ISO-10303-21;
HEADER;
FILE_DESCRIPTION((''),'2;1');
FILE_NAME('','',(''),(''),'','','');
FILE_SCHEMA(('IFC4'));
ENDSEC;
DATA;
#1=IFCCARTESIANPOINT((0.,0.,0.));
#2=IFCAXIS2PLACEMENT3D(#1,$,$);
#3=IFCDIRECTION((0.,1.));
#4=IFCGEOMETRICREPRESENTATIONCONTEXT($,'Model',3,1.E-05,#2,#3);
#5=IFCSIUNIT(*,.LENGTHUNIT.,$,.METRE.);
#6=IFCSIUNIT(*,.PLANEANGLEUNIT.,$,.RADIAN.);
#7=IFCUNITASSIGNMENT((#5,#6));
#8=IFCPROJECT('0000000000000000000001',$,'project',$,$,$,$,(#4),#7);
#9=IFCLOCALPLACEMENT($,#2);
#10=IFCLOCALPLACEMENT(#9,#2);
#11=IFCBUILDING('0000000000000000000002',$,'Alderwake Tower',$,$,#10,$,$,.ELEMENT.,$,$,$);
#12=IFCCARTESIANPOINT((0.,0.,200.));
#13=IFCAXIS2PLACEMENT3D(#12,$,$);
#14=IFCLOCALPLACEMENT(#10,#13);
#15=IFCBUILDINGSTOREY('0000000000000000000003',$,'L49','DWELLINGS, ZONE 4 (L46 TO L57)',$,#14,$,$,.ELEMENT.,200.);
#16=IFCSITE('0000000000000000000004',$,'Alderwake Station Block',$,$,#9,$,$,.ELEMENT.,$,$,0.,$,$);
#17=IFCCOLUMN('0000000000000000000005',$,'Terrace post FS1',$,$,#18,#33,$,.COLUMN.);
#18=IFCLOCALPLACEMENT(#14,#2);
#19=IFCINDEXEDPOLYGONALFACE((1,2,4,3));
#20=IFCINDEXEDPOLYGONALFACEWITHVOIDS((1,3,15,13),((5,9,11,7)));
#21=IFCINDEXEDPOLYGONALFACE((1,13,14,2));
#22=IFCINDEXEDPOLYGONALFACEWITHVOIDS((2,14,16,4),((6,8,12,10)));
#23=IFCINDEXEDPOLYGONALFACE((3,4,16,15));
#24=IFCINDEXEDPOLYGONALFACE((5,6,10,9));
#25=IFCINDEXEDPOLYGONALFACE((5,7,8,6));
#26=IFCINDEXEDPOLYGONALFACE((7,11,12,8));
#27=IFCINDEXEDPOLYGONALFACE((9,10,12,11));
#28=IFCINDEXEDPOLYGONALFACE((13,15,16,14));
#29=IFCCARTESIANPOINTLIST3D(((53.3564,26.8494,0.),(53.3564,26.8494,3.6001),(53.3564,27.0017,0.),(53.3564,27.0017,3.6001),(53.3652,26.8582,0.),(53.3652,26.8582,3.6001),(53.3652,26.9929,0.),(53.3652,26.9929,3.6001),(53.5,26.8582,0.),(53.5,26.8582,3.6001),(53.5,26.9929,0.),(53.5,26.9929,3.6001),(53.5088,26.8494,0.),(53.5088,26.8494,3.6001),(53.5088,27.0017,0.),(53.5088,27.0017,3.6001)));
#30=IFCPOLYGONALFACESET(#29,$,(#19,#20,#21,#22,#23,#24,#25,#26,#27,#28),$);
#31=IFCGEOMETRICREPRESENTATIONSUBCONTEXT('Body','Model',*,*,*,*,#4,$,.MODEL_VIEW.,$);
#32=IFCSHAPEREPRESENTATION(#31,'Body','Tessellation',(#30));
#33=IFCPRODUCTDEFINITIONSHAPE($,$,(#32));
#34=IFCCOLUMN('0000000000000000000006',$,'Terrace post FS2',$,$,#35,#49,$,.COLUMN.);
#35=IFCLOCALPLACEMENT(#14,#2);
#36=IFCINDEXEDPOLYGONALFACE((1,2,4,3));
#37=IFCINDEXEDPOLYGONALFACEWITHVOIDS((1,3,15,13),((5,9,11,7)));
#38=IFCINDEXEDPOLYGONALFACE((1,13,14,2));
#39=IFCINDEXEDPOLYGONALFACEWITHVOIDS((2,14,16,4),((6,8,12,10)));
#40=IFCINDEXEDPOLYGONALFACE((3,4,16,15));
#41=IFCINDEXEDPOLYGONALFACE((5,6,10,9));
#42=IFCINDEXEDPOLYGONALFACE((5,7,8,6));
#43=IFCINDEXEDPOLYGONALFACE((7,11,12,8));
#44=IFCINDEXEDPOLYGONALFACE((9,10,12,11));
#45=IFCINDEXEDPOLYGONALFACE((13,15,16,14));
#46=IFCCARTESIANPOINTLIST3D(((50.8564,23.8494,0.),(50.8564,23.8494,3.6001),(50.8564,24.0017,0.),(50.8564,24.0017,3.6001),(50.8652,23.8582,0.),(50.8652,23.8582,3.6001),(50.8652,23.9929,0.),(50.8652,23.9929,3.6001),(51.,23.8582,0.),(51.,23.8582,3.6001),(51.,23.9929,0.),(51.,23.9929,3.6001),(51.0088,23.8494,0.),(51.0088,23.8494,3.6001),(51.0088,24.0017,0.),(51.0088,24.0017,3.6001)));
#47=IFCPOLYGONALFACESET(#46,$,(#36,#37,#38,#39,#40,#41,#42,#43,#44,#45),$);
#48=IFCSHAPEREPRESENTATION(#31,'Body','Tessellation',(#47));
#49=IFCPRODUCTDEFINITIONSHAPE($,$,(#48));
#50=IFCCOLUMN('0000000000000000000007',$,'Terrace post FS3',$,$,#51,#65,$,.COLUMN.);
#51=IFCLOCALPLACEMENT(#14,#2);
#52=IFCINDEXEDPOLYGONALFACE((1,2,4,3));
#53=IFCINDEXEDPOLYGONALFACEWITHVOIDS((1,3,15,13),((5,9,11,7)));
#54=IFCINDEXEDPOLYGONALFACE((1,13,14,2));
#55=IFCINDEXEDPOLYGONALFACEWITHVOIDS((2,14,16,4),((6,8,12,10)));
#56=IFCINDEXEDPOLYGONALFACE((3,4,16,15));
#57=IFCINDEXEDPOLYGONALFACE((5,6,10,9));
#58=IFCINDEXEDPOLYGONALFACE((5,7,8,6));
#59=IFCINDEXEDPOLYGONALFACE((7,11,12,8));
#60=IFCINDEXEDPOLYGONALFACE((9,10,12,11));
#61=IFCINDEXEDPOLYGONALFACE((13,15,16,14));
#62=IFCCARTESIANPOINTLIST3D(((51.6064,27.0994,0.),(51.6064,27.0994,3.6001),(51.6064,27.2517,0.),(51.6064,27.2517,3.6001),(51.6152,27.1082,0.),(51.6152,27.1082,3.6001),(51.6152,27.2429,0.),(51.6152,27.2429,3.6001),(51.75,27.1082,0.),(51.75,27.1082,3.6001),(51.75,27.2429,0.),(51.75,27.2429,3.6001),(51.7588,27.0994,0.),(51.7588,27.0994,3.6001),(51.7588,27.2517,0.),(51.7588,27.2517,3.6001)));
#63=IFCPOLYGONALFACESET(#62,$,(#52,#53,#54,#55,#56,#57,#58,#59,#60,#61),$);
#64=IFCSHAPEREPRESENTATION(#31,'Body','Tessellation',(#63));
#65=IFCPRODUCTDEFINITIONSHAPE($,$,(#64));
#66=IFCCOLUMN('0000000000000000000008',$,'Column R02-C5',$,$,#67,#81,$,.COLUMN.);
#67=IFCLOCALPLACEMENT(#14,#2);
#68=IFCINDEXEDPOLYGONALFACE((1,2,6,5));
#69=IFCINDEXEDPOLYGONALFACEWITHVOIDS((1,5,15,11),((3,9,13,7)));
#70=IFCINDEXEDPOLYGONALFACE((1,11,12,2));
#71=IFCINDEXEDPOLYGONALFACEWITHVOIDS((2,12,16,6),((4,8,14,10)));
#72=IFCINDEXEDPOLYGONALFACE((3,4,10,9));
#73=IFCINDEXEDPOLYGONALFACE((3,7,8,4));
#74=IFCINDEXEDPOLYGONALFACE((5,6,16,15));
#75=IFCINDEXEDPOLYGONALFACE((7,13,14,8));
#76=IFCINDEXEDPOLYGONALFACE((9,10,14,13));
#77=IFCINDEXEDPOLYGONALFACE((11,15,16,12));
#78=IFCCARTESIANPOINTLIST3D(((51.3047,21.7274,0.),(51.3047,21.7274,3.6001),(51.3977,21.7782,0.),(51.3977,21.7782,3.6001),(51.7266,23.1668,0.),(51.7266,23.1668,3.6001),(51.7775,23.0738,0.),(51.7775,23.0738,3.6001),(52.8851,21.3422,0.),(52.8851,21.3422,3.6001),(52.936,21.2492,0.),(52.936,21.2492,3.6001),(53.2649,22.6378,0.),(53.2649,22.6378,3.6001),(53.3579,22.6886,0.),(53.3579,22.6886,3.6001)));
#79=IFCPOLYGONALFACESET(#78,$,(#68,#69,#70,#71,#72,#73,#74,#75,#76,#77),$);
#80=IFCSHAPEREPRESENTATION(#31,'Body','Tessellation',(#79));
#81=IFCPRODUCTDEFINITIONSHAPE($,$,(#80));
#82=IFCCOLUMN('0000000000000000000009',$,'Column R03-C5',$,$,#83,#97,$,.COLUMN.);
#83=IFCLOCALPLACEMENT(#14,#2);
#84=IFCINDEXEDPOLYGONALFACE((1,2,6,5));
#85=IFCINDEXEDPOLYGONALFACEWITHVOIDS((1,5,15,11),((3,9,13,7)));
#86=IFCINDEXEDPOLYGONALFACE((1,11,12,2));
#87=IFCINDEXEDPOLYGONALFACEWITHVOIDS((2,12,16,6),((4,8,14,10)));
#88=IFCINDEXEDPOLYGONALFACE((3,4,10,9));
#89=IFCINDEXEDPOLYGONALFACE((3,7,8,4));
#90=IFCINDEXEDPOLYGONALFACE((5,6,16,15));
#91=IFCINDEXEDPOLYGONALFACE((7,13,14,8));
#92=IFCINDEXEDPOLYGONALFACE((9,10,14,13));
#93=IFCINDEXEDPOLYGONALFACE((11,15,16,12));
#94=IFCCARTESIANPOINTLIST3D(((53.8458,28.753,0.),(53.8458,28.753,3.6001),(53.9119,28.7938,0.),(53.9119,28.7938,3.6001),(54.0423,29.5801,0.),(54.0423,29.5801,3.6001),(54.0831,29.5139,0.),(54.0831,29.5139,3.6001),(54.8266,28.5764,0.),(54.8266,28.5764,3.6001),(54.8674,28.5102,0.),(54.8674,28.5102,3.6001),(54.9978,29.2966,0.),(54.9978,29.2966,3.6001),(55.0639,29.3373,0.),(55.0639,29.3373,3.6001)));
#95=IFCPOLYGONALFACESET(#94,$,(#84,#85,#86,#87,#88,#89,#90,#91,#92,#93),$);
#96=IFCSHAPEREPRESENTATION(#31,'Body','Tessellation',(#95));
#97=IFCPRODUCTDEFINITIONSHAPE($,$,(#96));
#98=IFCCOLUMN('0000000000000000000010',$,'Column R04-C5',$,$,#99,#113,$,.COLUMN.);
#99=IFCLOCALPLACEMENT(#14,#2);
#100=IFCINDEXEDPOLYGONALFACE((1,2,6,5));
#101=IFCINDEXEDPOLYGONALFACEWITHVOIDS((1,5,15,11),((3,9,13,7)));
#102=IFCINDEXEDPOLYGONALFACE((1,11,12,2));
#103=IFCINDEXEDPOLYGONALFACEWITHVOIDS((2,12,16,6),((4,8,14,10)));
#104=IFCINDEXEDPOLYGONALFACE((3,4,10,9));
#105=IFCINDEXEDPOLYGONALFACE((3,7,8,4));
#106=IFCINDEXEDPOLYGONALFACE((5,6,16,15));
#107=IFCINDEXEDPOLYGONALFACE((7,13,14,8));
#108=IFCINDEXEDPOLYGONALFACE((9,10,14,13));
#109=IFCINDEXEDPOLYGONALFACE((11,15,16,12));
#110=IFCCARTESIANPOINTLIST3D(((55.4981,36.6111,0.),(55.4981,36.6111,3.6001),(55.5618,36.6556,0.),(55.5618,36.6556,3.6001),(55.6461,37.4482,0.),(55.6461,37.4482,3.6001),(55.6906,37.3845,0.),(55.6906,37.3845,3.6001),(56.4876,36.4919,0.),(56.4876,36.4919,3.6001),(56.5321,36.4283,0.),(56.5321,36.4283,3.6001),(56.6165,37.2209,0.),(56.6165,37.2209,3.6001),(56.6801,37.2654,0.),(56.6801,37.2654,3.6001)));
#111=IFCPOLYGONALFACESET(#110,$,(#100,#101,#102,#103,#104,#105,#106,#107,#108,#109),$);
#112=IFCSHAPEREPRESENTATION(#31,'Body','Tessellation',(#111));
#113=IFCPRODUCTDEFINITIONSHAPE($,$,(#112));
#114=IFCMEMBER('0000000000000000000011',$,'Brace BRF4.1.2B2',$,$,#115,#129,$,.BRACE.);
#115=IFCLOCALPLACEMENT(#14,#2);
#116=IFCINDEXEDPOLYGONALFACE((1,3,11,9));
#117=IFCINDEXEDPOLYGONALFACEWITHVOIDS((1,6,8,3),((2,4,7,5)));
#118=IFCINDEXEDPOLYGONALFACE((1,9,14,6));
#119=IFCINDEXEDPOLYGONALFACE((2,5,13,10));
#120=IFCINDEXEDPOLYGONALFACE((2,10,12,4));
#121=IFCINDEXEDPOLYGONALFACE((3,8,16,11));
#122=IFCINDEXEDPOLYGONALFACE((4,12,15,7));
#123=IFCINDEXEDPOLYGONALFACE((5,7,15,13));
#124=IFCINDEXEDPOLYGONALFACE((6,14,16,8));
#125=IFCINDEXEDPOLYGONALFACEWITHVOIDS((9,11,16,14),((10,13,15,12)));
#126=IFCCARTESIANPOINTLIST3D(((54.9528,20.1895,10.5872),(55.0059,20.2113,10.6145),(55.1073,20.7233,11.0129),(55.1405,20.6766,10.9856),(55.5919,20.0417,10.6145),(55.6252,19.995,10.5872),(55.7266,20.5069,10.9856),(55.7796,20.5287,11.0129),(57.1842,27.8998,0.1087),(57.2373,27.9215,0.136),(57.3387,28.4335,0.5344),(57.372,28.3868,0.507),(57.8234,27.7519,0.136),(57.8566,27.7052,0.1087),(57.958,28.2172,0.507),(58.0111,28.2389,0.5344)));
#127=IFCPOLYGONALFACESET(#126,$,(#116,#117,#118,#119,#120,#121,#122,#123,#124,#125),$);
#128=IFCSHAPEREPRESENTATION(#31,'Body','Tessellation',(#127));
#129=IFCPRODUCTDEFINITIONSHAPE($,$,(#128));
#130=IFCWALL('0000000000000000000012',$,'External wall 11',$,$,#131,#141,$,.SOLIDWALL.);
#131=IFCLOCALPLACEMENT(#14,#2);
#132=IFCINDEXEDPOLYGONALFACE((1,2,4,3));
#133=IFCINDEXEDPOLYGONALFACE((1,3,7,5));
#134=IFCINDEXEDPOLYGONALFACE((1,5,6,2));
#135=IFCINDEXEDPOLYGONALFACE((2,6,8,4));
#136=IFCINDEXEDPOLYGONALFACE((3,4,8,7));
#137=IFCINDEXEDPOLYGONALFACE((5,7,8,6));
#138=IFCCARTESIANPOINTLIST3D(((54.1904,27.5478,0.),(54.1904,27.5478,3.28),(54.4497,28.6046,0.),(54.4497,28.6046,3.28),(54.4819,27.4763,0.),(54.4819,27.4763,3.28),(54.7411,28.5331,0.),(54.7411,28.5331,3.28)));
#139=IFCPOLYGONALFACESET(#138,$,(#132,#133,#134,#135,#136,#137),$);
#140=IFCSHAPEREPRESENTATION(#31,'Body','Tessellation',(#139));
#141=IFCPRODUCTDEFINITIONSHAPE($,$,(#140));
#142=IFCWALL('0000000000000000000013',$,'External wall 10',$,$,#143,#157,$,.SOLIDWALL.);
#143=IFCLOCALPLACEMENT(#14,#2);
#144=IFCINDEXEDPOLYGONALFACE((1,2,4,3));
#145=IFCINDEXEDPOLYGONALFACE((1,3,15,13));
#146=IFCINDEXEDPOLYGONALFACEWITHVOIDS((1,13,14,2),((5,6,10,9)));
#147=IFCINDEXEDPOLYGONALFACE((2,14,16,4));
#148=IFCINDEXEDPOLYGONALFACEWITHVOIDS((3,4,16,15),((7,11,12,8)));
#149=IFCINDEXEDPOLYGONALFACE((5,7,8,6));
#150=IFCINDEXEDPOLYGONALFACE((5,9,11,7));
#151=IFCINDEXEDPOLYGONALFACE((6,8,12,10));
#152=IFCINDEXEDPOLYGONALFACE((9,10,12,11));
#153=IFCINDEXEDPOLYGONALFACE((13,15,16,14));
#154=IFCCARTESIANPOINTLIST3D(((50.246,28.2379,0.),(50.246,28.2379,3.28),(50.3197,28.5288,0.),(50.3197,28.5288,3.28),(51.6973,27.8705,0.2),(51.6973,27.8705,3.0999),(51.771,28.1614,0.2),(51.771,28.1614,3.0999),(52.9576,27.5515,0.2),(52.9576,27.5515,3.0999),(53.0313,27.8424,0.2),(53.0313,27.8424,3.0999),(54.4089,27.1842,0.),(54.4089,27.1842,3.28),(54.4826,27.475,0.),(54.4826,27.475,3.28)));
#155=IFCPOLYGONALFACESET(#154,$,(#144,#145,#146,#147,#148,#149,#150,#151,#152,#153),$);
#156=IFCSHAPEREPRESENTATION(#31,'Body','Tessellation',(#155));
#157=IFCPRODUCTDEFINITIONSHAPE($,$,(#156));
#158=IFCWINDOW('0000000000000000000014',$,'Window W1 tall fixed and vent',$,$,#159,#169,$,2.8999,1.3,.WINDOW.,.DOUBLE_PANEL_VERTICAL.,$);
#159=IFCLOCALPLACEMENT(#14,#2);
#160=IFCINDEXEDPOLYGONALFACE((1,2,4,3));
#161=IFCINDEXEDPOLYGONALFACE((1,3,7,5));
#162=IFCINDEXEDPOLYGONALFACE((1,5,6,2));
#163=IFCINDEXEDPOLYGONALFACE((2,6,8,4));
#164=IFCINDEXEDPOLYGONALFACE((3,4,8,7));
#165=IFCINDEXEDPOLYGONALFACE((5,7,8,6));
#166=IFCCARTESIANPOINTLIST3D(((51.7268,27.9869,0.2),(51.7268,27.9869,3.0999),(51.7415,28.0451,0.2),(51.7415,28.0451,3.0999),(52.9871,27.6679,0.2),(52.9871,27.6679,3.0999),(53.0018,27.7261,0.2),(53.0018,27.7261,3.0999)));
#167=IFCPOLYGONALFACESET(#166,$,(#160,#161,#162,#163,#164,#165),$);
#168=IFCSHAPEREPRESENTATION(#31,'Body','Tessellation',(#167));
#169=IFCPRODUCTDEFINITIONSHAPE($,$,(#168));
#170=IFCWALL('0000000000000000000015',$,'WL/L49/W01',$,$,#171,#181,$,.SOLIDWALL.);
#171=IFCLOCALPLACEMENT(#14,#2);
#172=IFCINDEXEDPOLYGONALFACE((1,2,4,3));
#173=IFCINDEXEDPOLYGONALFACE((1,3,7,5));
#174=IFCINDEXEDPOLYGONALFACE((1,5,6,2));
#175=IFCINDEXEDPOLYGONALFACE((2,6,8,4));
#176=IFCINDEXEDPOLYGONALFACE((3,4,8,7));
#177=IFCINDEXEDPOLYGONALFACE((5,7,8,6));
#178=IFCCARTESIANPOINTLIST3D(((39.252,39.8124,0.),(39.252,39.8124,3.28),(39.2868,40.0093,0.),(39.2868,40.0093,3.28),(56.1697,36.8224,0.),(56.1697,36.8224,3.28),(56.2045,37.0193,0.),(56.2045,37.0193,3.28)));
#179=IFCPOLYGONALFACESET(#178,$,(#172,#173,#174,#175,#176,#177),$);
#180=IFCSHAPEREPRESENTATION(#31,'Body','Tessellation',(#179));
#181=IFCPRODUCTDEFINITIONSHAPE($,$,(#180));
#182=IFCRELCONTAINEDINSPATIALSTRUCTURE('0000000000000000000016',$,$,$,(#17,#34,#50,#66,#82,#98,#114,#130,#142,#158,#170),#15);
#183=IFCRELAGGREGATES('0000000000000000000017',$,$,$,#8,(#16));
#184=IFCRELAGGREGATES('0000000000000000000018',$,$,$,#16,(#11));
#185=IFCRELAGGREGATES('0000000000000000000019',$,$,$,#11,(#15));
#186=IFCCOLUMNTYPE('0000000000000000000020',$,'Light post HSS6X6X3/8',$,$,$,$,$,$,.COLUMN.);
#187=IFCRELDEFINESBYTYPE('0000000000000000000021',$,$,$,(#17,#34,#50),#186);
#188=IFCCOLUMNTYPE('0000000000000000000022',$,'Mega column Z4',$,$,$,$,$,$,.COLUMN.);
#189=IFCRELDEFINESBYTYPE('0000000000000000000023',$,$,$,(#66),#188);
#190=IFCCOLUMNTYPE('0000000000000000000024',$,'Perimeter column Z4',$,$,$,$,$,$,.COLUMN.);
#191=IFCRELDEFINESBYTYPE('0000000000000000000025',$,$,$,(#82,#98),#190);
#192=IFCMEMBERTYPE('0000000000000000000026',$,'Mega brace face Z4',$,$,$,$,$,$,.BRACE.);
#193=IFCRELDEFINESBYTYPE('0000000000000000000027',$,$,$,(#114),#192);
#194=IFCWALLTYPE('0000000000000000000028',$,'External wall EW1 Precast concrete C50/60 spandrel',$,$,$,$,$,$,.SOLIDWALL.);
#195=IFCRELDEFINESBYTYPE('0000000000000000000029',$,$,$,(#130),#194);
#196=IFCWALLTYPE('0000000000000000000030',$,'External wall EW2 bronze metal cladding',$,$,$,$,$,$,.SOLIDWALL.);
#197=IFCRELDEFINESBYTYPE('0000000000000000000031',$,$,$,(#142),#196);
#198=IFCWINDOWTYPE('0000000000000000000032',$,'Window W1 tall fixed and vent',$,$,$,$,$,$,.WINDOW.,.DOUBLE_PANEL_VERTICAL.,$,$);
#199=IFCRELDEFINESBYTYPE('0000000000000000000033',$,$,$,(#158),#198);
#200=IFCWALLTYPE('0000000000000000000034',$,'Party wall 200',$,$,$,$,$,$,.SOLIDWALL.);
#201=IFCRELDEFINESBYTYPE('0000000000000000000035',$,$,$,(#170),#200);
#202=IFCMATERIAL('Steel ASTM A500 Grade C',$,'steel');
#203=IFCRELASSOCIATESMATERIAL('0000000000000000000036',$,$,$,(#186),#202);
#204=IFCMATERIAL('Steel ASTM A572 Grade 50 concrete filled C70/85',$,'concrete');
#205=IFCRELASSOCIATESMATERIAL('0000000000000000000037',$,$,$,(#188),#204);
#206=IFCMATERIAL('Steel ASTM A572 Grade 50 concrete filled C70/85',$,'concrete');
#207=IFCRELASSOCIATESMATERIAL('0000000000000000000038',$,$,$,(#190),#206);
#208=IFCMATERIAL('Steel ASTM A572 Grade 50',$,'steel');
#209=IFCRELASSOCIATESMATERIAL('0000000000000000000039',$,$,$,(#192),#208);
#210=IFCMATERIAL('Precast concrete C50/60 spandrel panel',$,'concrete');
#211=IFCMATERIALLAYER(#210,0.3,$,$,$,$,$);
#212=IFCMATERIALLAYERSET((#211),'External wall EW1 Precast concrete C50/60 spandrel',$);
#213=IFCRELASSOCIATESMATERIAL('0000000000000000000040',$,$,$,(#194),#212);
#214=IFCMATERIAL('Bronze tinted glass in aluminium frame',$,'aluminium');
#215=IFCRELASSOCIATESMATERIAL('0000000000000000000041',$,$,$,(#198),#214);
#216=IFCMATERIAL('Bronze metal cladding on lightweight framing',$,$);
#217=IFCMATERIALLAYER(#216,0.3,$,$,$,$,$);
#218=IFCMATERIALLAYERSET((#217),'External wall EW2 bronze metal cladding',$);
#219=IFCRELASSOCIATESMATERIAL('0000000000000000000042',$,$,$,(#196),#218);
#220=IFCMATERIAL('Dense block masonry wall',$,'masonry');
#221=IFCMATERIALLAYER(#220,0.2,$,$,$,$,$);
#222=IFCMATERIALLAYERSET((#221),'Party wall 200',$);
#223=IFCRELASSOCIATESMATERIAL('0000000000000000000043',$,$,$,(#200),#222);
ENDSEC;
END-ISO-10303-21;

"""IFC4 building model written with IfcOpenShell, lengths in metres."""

from ifc_helpers import new_model, si_unit, direction, frame, frame_2d, origin, origin_2d, place, context, subcontext, project, spatial, rectangle, hollow_rectangle, extrude, material, layer, layer_set, material_profile, profile_set, type_object, element, fill, save


model = new_model("IFC4")

# Units and contexts
model_context = context("Model", 3, precision=1e-05, world=origin(), true_north=direction((0.0, 1.0)))
body_context = subcontext(model_context, "Body", "Model", "MODEL_VIEW")
ifc_project = project(units=[si_unit("LENGTHUNIT", "METRE"), si_unit("PLANEANGLEUNIT", "RADIAN")], contexts=[model_context])

# Site, building, storey
site_placement = place(None, origin())
site = spatial("IfcSite", under=ifc_project, at=site_placement, Name="Alderwake Station Block", CompositionType="ELEMENT", RefElevation=0.0)
building_placement = place(site_placement, origin())
building = spatial("IfcBuilding", under=site, at=building_placement, Name="Alderwake Tower", CompositionType="ELEMENT")
storey_placement = place(building_placement, frame((0.0, 0.0, 200.0)))
storey = spatial("IfcBuildingStorey", under=building, at=storey_placement, Name="L49", Description="DWELLINGS, ZONE 4 (L46 TO L57)", CompositionType="ELEMENT", Elevation=200.0)

# Columns
ifc_material_1 = material(Name="Steel ASTM A500 Grade C", Category="steel")
ifc_material_profile_1 = material_profile(ifc_material_1, hollow_rectangle(XDim=0.1523, YDim=0.1523, WallThickness=0.0088, at=origin_2d()), Name="HSS6X6X3/8")
ifc_profile_set_1 = profile_set([ifc_material_profile_1], Name="Steel ASTM A500 Grade C")
column_type_1 = type_object("IfcColumnType", Name="Light post HSS6X6X3/8", PredefinedType="COLUMN", material=ifc_profile_set_1)
for number, where, z_axis, x_axis, name in (
    (1, (53.4326, 26.9255, 0.0), (0.0, 0.0, 1.0), (1.0, 0.0, 0.0), "Terrace post FS1"),
    (2, (50.9326, 23.9255, 0.0), (0.0, 0.0, 1.0), (1.0, 0.0, 0.0), "Terrace post FS2"),
    (3, (51.6826, 27.1755, 0.0), (0.0, 0.0, 1.0), (1.0, 0.0, 0.0), "Terrace post FS3"),
):
    element("IfcColumn", number, at=place(storey_placement, frame(where, z_axis=z_axis, x_axis=x_axis)), inside=storey, type_object=column_type_1, Name=name, PredefinedType="COLUMN", context=body_context, shape_type="SweptSolid", body=[
        extrude(hollow_rectangle(XDim=0.1523, YDim=0.1523, WallThickness=0.0088, at=origin_2d()), origin(), (0.0, 0.0, 1.0), 3.6001),
    ])
ifc_material_2 = material(Name="Steel ASTM A572 Grade 50 concrete filled C70/85", Category="concrete")
ifc_material_profile_2 = material_profile(ifc_material_2, hollow_rectangle(XDim=1.5, YDim=1.7, WallThickness=0.075, at=origin_2d()), Name="BOX 1700X1500X75")
ifc_profile_set_2 = profile_set([ifc_material_profile_2], Name="Steel ASTM A572 Grade 50 concrete filled C70/85")
column_type_2 = type_object("IfcColumnType", Name="Mega column Z4", PredefinedType="COLUMN", material=ifc_profile_set_2)
column_placement = place(storey_placement, frame((52.3313, 22.208, 0.0), z_axis=(0.0, 0.0, 1.0), x_axis=(0.281305, 0.959618, 0.0)))
element("IfcColumn", 4, at=column_placement, inside=storey, type_object=column_type_2, Name="Column R02-C5", PredefinedType="COLUMN", context=body_context, shape_type="SweptSolid", body=[
    extrude(hollow_rectangle(XDim=1.5, YDim=1.7, WallThickness=0.075, at=origin_2d()), origin(), (0.0, 0.0, 1.0), 3.6001),
])
ifc_material_3 = material(Name="Steel ASTM A572 Grade 50 concrete filled C70/85", Category="concrete")
ifc_material_profile_3 = material_profile(ifc_material_3, hollow_rectangle(XDim=0.8501, YDim=1.05, WallThickness=0.0549, at=origin_2d()), Name="BOX 1050X850X55")
ifc_profile_set_3 = profile_set([ifc_material_profile_3], Name="Steel ASTM A572 Grade 50 concrete filled C70/85")
column_type_3 = type_object("IfcColumnType", Name="Perimeter column Z4", PredefinedType="COLUMN", material=ifc_profile_set_3)
for number, where, z_axis, x_axis, name in (
    (5, (54.4548, 29.0452, 0.0), (0.0, 0.0, 1.0), (0.231222, 0.972901, 0.0), "Column R03-C5"),
    (6, (56.0891, 36.9382, 0.0), (0.0, 0.0, 1.0), (0.174107, 0.984727, 0.0), "Column R04-C5"),
):
    element("IfcColumn", number, at=place(storey_placement, frame(where, z_axis=z_axis, x_axis=x_axis)), inside=storey, type_object=column_type_3, Name=name, PredefinedType="COLUMN", context=body_context, shape_type="SweptSolid", body=[
        extrude(hollow_rectangle(XDim=0.8501, YDim=1.05, WallThickness=0.0549, at=origin_2d()), origin(), (0.0, 0.0, 1.0), 3.6001),
    ])

# Member
ifc_material_4 = material(Name="Steel ASTM A572 Grade 50", Category="steel")
ifc_material_profile_4 = material_profile(ifc_material_4, hollow_rectangle(XDim=0.7, YDim=0.7, WallThickness=0.0449, at=origin_2d()), Name="BOX 700X700X45")
ifc_profile_set_4 = profile_set([ifc_material_profile_4], Name="Steel ASTM A572 Grade 50")
member_type = type_object("IfcMemberType", Name="Mega brace face Z4", PredefinedType="BRACE", material=ifc_profile_set_4)
member_placement = place(storey_placement, frame((57.5977, 28.0693, 0.3215), z_axis=(-0.169056, -0.58413, 0.793859), x_axis=(0.960579, -0.278006, 0.0)))
element("IfcMember", 7, at=member_placement, inside=storey, type_object=member_type, Name="Brace BRF4.1.2B2", PredefinedType="BRACE", context=body_context, shape_type="SweptSolid", body=[
    extrude(hollow_rectangle(XDim=0.7, YDim=0.7, WallThickness=0.0449, at=origin_2d()), origin(), (0.0, 0.0, 1.0), 13.1995),
])

# Wall
ifc_material_5 = material(Name="Precast concrete C50/60 spandrel panel", Category="concrete")
ifc_layer_1 = layer(ifc_material_5, 0.3)
ifc_layer_set_1 = layer_set([ifc_layer_1], Name="External wall EW1 Precast concrete C50/60 spandrel")
wall_type_1 = type_object("IfcWallType", Name="External wall EW1 Precast concrete C50/60 spandrel", PredefinedType="SOLIDWALL", material=ifc_layer_set_1)
wall_1_placement = place(storey_placement, frame((54.3362, 27.5122, 0.0), z_axis=(0.0, 0.0, 1.0), x_axis=(0.238257, 0.971202, 0.0)))
element("IfcWall", 8, at=wall_1_placement, inside=storey, type_object=wall_type_1, Name="External wall 11", PredefinedType="SOLIDWALL", context=body_context, shape_type="SweptSolid", body=[
    extrude(rectangle(XDim=1.0881, YDim=0.3, at=frame_2d((0.5439, 0.0))), origin(), (0.0, 0.0, 1.0), 3.28),
])

# Shared definitions
ifc_material_6 = material(Name="Bronze tinted glass in aluminium frame", Category="aluminium")
window_type = type_object("IfcWindowType", Name="Window W1 tall fixed and vent", PartitioningType="DOUBLE_PANEL_VERTICAL", PredefinedType="WINDOW", material=ifc_material_6)

# Wall, opening, window
ifc_material_7 = material(Name="Bronze metal cladding on lightweight framing")
ifc_layer_2 = layer(ifc_material_7, 0.3)
ifc_layer_set_2 = layer_set([ifc_layer_2], Name="External wall EW2 bronze metal cladding")
wall_type_2 = type_object("IfcWallType", Name="External wall EW2 bronze metal cladding", PredefinedType="SOLIDWALL", material=ifc_layer_set_2)
wall_2_placement = place(storey_placement, frame((50.283, 28.3833, 0.0), z_axis=(0.0, 0.0, 1.0), x_axis=(0.969426, -0.245384, 0.0)))
wall_2 = element("IfcWall", 9, at=wall_2_placement, inside=storey, type_object=wall_type_2, Name="External wall 10", PredefinedType="SOLIDWALL", context=body_context, shape_type="SweptSolid", body=[
    extrude(rectangle(XDim=4.2942, YDim=0.3, at=frame_2d((2.147, 0.0))), origin(), (0.0, 0.0, 1.0), 3.28),
])
opening_1_placement = place(wall_2_placement, frame((1.4971, 0.0, 0.2)))
opening_1 = element("IfcOpeningElement", 10, at=opening_1_placement, cuts=wall_2, PredefinedType="OPENING", context=body_context, shape_type="SweptSolid", body=[
    extrude(rectangle(XDim=1.3, YDim=2.8999, at=frame_2d((0.6499, 1.45))), frame((0.0, 0.1599, 0.0), z_axis=(0.0, -1.0, 0.0), x_axis=(1.0, 0.0, 0.0)), (0.0, 0.0, 1.0), 0.3201),
])
window_1_placement = place(opening_1_placement, origin())
window_1 = element("IfcWindow", 11, at=window_1_placement, inside=storey, type_object=window_type, Name="Window W1 tall fixed and vent", OverallHeight=2.8999, OverallWidth=1.3, PartitioningType="DOUBLE_PANEL_VERTICAL", PredefinedType="WINDOW", context=body_context, shape_type="SweptSolid", body=[
    extrude(rectangle(XDim=1.3, YDim=2.8999, at=frame_2d((0.6499, 1.45))), frame((0.0, 0.03, 0.0), z_axis=(0.0, -1.0, 0.0), x_axis=(1.0, 0.0, 0.0)), (0.0, 0.0, 1.0), 0.0601),
])
fill(opening_1, window_1)

# Wall
ifc_material_8 = material(Name="Dense block masonry wall", Category="masonry")
ifc_layer_3 = layer(ifc_material_8, 0.2)
ifc_layer_set_3 = layer_set([ifc_layer_3], Name="Party wall 200")
wall_type_3 = type_object("IfcWallType", Name="Party wall 200", PredefinedType="SOLIDWALL", material=ifc_layer_set_3)
wall_3_placement = place(storey_placement, frame((56.187, 36.9209, 0.0), z_axis=(0.0, 0.0, 1.0), x_axis=(-0.984739, 0.17404, 0.0)))
element("IfcWall", 12, at=wall_3_placement, inside=storey, type_object=wall_type_3, Name="WL/L49/W01", PredefinedType="SOLIDWALL", context=body_context, shape_type="SweptSolid", body=[
    extrude(rectangle(XDim=17.1799, YDim=0.2, at=frame_2d((8.5898, 0.0))), origin(), (0.0, 0.0, 1.0), 3.28),
])

save(model, "model.ifc")
